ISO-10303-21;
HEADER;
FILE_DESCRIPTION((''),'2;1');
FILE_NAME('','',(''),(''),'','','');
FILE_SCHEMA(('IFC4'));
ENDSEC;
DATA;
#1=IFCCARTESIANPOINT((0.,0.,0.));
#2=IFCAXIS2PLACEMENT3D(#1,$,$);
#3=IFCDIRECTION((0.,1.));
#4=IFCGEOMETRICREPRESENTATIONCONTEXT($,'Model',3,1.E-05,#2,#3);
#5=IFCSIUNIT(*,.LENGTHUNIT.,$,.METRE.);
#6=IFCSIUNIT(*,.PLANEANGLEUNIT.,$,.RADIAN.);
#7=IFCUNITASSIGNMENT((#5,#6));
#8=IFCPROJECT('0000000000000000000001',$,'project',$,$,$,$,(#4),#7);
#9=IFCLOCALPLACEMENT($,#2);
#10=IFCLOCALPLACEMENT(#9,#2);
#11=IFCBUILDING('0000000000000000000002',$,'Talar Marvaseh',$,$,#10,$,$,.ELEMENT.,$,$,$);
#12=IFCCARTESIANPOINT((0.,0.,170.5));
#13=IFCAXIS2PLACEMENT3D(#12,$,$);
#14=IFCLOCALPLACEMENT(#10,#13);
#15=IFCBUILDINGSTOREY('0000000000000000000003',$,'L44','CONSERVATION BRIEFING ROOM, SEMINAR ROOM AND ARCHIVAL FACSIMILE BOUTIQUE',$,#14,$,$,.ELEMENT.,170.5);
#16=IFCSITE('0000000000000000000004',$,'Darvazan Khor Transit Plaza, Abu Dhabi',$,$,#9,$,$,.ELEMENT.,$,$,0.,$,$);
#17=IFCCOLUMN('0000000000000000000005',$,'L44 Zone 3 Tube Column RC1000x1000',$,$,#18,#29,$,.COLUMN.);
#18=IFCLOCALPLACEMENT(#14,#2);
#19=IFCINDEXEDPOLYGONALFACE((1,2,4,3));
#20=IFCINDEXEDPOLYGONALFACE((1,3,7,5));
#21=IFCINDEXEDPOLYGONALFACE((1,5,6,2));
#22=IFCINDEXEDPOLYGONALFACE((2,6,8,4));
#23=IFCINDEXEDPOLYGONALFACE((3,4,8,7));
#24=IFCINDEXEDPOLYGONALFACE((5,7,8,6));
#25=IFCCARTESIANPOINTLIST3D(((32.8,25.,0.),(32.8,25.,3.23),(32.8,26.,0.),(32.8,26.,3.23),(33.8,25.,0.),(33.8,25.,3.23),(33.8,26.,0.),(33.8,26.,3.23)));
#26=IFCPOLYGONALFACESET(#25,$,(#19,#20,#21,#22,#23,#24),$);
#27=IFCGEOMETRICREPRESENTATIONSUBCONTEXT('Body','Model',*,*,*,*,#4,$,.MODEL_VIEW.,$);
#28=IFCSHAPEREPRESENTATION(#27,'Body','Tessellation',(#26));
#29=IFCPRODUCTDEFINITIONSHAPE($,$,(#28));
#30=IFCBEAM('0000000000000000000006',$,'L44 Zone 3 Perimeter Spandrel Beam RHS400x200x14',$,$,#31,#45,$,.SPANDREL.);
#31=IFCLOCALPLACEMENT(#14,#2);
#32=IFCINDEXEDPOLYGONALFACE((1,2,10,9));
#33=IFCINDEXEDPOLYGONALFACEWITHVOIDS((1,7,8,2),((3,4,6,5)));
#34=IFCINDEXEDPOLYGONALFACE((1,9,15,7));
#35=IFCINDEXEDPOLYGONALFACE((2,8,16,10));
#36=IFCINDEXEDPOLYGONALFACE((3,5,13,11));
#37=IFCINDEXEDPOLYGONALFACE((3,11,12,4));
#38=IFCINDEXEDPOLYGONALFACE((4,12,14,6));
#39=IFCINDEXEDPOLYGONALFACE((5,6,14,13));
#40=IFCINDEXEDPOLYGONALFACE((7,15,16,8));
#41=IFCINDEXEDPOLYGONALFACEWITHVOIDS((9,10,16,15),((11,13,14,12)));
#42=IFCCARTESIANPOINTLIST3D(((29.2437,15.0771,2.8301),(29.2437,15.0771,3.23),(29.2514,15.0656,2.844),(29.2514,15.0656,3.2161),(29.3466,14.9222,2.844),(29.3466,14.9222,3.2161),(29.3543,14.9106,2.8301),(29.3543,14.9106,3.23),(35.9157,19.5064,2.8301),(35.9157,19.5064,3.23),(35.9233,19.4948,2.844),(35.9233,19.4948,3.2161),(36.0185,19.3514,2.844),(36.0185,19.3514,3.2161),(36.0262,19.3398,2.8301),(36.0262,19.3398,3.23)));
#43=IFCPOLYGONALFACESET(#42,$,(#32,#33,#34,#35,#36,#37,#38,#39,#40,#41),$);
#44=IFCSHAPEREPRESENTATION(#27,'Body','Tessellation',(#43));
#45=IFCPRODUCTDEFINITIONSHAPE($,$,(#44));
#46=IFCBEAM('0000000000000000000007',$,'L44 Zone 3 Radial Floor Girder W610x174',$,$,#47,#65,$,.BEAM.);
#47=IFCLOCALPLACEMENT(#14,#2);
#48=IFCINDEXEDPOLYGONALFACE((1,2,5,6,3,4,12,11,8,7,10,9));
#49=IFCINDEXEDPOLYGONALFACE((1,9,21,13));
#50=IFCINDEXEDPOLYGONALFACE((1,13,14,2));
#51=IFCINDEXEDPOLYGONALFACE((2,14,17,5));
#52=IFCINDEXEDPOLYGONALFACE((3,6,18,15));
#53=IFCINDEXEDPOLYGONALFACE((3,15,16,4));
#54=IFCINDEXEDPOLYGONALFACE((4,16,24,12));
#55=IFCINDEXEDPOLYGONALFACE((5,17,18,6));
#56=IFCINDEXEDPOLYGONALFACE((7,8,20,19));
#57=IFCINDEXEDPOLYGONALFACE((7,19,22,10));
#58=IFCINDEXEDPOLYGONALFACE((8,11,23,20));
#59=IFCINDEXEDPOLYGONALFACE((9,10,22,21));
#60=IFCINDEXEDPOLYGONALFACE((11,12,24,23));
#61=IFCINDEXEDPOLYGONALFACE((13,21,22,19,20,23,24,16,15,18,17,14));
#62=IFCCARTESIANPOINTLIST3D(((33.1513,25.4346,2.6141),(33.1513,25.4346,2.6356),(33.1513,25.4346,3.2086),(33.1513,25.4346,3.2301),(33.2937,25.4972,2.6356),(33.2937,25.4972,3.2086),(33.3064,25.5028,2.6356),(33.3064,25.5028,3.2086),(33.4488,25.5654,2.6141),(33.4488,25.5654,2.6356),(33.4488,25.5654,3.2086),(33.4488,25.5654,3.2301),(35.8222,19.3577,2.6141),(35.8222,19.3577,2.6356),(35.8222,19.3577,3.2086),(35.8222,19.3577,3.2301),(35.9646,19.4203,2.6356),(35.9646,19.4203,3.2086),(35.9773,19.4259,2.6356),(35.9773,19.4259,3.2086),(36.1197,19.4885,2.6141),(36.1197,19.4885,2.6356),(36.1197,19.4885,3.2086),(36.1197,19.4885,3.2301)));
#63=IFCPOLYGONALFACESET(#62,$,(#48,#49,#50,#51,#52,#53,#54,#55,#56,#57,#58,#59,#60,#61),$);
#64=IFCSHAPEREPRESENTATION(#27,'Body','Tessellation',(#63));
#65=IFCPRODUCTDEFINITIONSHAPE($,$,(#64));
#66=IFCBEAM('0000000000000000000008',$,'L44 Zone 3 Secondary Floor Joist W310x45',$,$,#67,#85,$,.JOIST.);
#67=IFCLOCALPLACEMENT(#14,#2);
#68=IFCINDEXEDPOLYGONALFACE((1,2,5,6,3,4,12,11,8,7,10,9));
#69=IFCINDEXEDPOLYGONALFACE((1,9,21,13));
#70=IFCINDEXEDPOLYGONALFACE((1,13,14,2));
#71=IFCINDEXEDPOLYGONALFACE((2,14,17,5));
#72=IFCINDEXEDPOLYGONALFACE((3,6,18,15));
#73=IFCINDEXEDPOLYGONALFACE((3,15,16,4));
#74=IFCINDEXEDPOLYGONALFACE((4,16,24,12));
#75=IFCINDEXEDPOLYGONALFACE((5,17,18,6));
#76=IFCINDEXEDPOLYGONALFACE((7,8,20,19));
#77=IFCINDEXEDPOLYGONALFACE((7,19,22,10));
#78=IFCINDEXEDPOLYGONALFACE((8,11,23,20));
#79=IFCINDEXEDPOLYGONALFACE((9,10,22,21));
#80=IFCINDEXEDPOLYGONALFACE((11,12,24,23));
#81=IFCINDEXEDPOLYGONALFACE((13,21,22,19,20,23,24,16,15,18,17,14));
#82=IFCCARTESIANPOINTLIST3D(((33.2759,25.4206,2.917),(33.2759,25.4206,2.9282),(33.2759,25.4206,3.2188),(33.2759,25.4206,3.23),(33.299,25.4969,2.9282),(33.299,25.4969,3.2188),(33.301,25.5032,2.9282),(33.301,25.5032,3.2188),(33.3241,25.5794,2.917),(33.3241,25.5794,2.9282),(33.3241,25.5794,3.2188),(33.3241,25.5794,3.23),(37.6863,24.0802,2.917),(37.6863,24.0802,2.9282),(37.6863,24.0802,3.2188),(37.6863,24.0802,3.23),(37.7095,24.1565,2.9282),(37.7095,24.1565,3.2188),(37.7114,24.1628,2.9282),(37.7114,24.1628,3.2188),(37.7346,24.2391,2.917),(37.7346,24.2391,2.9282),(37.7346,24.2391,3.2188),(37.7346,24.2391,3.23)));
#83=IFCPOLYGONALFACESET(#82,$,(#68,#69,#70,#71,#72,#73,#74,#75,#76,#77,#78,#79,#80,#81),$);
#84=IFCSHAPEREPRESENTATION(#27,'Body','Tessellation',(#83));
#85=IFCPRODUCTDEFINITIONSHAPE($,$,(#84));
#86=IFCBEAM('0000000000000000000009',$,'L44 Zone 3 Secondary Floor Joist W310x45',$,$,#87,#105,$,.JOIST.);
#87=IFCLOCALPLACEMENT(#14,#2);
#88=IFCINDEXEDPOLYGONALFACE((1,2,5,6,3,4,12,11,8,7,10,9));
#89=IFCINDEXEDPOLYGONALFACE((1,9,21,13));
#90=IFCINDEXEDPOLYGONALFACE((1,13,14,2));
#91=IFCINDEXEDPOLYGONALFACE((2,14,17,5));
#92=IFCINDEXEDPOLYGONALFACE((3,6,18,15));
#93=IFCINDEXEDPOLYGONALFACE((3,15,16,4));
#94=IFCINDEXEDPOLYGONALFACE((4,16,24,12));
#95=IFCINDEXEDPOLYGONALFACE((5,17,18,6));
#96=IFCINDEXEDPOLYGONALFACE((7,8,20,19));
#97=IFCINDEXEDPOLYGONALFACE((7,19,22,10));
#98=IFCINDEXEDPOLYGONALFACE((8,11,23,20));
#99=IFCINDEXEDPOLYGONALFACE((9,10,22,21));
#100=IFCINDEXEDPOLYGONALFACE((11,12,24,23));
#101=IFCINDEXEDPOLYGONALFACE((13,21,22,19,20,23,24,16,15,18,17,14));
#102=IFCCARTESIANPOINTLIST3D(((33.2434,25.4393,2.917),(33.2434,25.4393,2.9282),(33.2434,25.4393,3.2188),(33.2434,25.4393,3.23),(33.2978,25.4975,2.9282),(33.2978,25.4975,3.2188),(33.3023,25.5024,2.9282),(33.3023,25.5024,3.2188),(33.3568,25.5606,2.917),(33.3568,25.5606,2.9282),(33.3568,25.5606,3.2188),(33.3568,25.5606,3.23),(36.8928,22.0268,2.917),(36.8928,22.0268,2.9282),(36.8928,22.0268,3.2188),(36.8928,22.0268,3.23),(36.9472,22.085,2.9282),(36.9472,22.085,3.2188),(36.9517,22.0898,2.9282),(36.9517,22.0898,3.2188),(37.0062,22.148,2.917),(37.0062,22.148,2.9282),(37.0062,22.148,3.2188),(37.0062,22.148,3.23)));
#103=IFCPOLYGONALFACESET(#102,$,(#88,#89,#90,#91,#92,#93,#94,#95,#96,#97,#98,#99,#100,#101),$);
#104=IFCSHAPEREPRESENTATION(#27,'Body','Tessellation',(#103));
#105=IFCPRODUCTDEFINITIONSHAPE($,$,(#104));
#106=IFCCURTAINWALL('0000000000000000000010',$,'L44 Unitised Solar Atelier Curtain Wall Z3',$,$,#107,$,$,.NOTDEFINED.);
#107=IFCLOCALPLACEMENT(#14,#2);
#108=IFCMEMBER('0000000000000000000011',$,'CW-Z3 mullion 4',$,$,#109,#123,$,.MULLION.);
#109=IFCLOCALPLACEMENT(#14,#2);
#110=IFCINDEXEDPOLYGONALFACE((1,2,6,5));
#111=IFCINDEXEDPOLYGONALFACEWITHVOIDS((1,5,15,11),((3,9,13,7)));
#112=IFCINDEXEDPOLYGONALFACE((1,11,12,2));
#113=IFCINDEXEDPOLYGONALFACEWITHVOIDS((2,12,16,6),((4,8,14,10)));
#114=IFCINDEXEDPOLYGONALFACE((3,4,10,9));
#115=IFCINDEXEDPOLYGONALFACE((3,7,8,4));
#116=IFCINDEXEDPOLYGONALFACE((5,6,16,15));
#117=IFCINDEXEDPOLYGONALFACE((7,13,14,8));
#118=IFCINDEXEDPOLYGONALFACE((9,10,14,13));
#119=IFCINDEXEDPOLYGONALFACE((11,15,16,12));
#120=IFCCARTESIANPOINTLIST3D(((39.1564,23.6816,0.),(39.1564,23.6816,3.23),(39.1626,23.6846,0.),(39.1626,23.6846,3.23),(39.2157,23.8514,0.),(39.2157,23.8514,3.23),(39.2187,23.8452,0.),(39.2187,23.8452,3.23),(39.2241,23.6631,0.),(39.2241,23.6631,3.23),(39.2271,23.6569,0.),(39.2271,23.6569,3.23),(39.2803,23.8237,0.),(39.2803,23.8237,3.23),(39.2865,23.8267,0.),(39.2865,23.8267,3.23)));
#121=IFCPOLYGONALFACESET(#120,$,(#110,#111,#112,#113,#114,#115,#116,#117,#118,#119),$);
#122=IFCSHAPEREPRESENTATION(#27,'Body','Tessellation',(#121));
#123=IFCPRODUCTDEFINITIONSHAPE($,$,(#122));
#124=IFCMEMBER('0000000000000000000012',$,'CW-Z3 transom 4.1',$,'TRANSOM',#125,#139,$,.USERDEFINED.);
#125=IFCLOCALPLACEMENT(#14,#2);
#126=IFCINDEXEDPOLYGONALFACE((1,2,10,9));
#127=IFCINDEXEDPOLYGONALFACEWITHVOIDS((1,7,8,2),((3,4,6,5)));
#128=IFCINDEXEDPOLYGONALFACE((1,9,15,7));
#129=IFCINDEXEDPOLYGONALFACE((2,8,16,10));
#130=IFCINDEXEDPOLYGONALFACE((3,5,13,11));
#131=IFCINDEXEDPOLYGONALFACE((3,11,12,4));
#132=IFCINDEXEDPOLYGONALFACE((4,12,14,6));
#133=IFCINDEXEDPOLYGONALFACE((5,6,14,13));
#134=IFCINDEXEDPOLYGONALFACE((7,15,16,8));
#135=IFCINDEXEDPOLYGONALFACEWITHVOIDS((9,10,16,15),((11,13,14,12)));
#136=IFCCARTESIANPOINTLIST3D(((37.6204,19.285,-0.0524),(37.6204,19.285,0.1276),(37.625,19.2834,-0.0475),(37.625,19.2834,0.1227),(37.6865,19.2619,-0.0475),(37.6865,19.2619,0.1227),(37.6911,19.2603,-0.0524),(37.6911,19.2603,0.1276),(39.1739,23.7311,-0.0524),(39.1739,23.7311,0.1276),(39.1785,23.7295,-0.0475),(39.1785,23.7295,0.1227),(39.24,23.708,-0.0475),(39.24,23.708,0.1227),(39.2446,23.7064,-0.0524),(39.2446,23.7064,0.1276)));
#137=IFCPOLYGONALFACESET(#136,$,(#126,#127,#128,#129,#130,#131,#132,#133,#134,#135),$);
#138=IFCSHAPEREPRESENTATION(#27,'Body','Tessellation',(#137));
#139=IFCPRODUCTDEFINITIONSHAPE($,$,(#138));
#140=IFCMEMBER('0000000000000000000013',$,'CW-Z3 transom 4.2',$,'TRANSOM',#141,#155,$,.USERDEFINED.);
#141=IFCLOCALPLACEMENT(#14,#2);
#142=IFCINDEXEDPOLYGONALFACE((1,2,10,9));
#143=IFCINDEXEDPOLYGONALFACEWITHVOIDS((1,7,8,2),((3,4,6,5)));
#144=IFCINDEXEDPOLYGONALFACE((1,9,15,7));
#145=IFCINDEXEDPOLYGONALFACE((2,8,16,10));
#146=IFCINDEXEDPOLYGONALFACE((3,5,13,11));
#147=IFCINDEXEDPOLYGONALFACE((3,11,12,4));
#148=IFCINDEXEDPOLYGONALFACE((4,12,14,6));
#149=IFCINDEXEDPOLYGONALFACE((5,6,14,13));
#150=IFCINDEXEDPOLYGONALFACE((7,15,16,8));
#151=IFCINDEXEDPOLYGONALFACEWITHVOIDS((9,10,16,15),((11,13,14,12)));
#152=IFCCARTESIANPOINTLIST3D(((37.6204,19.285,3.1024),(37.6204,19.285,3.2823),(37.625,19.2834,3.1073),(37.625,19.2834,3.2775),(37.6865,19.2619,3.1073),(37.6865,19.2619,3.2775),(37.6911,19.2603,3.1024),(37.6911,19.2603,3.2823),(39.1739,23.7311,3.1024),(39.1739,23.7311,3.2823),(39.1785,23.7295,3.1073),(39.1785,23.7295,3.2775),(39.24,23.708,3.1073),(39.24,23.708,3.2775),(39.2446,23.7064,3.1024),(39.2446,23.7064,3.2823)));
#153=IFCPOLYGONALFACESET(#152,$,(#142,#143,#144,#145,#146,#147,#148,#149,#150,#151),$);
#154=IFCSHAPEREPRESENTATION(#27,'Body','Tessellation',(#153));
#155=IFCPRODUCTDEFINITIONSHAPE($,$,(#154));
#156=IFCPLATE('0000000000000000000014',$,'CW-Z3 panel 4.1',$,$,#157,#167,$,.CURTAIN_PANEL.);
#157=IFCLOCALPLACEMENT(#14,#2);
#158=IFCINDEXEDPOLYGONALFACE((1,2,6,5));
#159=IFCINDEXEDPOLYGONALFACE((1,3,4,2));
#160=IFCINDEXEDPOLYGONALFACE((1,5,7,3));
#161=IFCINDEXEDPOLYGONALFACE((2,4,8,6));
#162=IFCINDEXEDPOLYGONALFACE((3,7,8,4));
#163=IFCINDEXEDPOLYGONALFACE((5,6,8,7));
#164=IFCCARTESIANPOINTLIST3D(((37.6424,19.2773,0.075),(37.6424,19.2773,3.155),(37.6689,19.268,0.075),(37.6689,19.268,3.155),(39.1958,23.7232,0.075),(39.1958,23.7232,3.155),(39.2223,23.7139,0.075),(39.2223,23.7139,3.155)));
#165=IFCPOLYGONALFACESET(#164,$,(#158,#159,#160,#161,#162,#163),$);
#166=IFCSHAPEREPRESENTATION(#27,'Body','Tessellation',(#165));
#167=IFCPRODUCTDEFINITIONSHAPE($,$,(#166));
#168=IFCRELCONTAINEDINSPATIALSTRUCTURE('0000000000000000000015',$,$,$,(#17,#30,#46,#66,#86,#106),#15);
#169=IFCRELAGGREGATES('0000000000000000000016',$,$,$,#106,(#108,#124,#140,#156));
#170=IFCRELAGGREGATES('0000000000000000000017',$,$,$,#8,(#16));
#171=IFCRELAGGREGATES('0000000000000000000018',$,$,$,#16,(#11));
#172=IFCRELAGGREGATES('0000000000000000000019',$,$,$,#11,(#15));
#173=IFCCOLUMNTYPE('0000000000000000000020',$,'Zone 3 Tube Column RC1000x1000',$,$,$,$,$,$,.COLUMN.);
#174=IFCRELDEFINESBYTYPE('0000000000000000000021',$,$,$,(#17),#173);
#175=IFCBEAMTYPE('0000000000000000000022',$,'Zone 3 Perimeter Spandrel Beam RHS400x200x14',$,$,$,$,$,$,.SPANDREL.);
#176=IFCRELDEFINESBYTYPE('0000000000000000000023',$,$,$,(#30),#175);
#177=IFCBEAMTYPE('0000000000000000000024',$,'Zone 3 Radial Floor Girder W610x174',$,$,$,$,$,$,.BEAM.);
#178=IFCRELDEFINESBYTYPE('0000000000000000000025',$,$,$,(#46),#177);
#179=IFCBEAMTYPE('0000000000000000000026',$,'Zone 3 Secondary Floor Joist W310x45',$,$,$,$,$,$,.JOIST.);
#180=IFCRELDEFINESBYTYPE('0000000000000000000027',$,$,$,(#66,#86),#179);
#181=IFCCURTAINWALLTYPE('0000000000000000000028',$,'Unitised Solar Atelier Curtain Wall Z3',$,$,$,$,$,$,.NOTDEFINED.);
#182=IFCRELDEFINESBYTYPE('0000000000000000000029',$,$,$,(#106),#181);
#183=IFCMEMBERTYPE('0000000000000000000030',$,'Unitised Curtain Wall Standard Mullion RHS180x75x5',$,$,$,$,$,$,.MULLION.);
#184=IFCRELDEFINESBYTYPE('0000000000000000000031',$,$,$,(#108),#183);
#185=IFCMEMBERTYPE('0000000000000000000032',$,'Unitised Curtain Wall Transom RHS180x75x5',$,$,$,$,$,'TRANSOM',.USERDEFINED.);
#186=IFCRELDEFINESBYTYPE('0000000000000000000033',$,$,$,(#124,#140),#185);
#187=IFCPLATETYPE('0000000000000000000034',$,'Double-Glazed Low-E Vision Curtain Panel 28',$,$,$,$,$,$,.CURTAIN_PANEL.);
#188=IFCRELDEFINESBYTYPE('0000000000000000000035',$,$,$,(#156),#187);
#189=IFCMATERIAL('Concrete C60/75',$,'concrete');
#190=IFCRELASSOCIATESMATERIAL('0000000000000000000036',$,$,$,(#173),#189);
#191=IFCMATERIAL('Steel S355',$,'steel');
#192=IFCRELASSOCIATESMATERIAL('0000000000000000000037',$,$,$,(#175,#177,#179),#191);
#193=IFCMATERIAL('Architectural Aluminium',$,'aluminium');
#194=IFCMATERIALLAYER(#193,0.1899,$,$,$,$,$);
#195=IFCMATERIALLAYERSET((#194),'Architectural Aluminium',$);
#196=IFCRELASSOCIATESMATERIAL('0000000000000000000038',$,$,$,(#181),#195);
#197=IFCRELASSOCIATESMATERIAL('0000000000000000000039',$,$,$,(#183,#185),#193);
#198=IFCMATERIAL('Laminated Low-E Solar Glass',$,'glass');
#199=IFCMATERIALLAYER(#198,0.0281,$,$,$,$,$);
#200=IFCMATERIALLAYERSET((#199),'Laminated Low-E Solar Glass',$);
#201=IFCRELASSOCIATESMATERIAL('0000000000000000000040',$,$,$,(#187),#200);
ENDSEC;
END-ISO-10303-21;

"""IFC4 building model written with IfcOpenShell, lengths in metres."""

from ifc_helpers import new_model, si_unit, direction, frame, origin, origin_2d, place, context, subcontext, project, spatial, rectangle, hollow_rectangle, i_section, extrude, source, transform, mapped, material, layer, layer_set, material_profile, profile_set, type_object, type_shapes, element, aggregate, save


model = new_model("IFC4")

# Units and contexts
model_context = context("Model", 3, precision=1e-05, world=origin(), true_north=direction((0.0, 1.0)))
body_context = subcontext(model_context, "Body", "Model", "MODEL_VIEW")
ifc_project = project(units=[si_unit("LENGTHUNIT", "METRE"), si_unit("PLANEANGLEUNIT", "RADIAN")], contexts=[model_context])

# Site, building, storey
site_placement = place(None, origin())
site = spatial("IfcSite", under=ifc_project, at=site_placement, Name="Darvazan Khor Transit Plaza, Abu Dhabi", CompositionType="ELEMENT", RefElevation=0.0)
building_placement = place(site_placement, origin())
building = spatial("IfcBuilding", under=site, at=building_placement, Name="Talar Marvaseh", CompositionType="ELEMENT")
storey_placement = place(building_placement, frame((0.0, 0.0, 170.5)))
storey = spatial("IfcBuildingStorey", under=building, at=storey_placement, Name="L44", Description="CONSERVATION BRIEFING ROOM, SEMINAR ROOM AND ARCHIVAL FACSIMILE BOUTIQUE", CompositionType="ELEMENT", Elevation=170.5)

# Column
ifc_material_1 = material(Name="Concrete C60/75", Category="concrete")
ifc_material_profile_1 = material_profile(ifc_material_1, rectangle(XDim=1.0, YDim=1.0, at=origin_2d()), Name="RC1000x1000")
ifc_profile_set_1 = profile_set([ifc_material_profile_1], Name="Concrete C60/75")
column_type = type_object("IfcColumnType", Name="Zone 3 Tube Column RC1000x1000", PredefinedType="COLUMN", material=ifc_profile_set_1)
column_placement = place(storey_placement, frame((33.3, 25.5, 0.0), z_axis=(0.0, 0.0, 1.0), x_axis=(1.0, 0.0, 0.0)))
element("IfcColumn", 1, at=column_placement, inside=storey, type_object=column_type, Name="L44 Zone 3 Tube Column RC1000x1000", PredefinedType="COLUMN", context=body_context, shape_type="SweptSolid", body=[
    extrude(rectangle(XDim=1.0, YDim=1.0, at=origin_2d()), origin(), (0.0, 0.0, 1.0), 3.23),
])

# Beams
ifc_material_2 = material(Name="Steel S355", Category="steel")
ifc_material_profile_2 = material_profile(ifc_material_2, hollow_rectangle(XDim=0.2, YDim=0.3999, WallThickness=0.0139, at=origin_2d()), Name="RHS400x200x14")
ifc_profile_set_2 = profile_set([ifc_material_profile_2], Name="Steel S355")
beam_type_1 = type_object("IfcBeamType", Name="Zone 3 Perimeter Spandrel Beam RHS400x200x14", PredefinedType="SPANDREL", material=ifc_profile_set_2)
beam_1_placement = place(storey_placement, frame((35.9709, 19.4231, 3.03), z_axis=(-0.833127, -0.553081, 0.0), x_axis=(0.553081, -0.833127, 0.0)))
element("IfcBeam", 2, at=beam_1_placement, inside=storey, type_object=beam_type_1, Name="L44 Zone 3 Perimeter Spandrel Beam RHS400x200x14", PredefinedType="SPANDREL", context=body_context, shape_type="SweptSolid", body=[
    extrude(hollow_rectangle(XDim=0.2, YDim=0.3999, WallThickness=0.0139, at=origin_2d()), origin(), (0.0, 0.0, 1.0), 8.0083),
])
ifc_material_profile_3 = material_profile(ifc_material_2, i_section(OverallWidth=0.325, OverallDepth=0.616, WebThickness=0.0139, FlangeThickness=0.0215, at=origin_2d()), Name="W610x174")
ifc_profile_set_3 = profile_set([ifc_material_profile_3], Name="Steel S355")
beam_type_2 = type_object("IfcBeamType", Name="Zone 3 Radial Floor Girder W610x174", PredefinedType="BEAM", material=ifc_profile_set_3)
beam_2_placement = place(storey_placement, frame((35.9709, 19.4231, 2.9221), z_axis=(-0.402368, 0.915478, 0.0), x_axis=(-0.915478, -0.402368, 0.0)))
element("IfcBeam", 3, at=beam_2_placement, inside=storey, type_object=beam_type_2, Name="L44 Zone 3 Radial Floor Girder W610x174", PredefinedType="BEAM", context=body_context, shape_type="SweptSolid", body=[
    extrude(i_section(OverallWidth=0.325, OverallDepth=0.616, WebThickness=0.0139, FlangeThickness=0.0215, at=origin_2d()), origin(), (0.0, 0.0, 1.0), 6.6379),
])
ifc_material_profile_4 = material_profile(ifc_material_2, i_section(OverallWidth=0.166, OverallDepth=0.313, WebThickness=0.0066, FlangeThickness=0.0112, at=origin_2d()), Name="W310x45")
ifc_profile_set_4 = profile_set([ifc_material_profile_4], Name="Steel S355")
beam_type_3 = type_object("IfcBeamType", Name="Zone 3 Secondary Floor Joist W310x45", PredefinedType="JOIST", material=ifc_profile_set_4)
beam_3_placement = place(storey_placement, frame((37.7104, 24.1597, 3.0735), z_axis=(-0.956792, 0.290772, 0.0), x_axis=(-0.290772, -0.956792, 0.0)))
element("IfcBeam", 4, at=beam_3_placement, inside=storey, type_object=beam_type_3, Name="L44 Zone 3 Secondary Floor Joist W310x45", PredefinedType="JOIST", context=body_context, shape_type="SweptSolid", body=[
    extrude(i_section(OverallWidth=0.166, OverallDepth=0.313, WebThickness=0.0066, FlangeThickness=0.0112, at=origin_2d()), origin(), (0.0, 0.0, 1.0), 4.6096),
])
beam_4_placement = place(storey_placement, frame((36.9495, 22.0874, 3.0735), z_axis=(-0.730408, 0.683011, 0.0), x_axis=(-0.683011, -0.730408, 0.0)))
element("IfcBeam", 5, at=beam_4_placement, inside=storey, type_object=beam_type_3, Name="L44 Zone 3 Secondary Floor Joist W310x45", PredefinedType="JOIST", context=body_context, shape_type="SweptSolid", body=[
    extrude(i_section(OverallWidth=0.166, OverallDepth=0.313, WebThickness=0.0066, FlangeThickness=0.0112, at=origin_2d()), origin(), (0.0, 0.0, 1.0), 4.9963),
])

# Curtain wall, members, plate
ifc_material_3 = material(Name="Architectural Aluminium", Category="aluminium")
ifc_layer_1 = layer(ifc_material_3, 0.1899)
ifc_layer_set_1 = layer_set([ifc_layer_1], Name="Architectural Aluminium")
curtain_wall_type = type_object("IfcCurtainWallType", Name="Unitised Solar Atelier Curtain Wall Z3", PredefinedType="NOTDEFINED", material=ifc_layer_set_1)
curtain_wall_placement = place(storey_placement, origin())
curtain_wall = element("IfcCurtainWall", 6, at=curtain_wall_placement, inside=storey, type_object=curtain_wall_type, Name="L44 Unitised Solar Atelier Curtain Wall Z3", PredefinedType="NOTDEFINED")
ifc_material_profile_5 = material_profile(ifc_material_3, hollow_rectangle(XDim=0.075, YDim=0.1799, WallThickness=0.0049, at=origin_2d()), Name="RHS180x75x5")
ifc_profile_set_5 = profile_set([ifc_material_profile_5], Name="Architectural Aluminium")
member_type_1 = type_object("IfcMemberType", Name="Unitised Curtain Wall Standard Mullion RHS180x75x5", PredefinedType="MULLION", material=ifc_profile_set_5)
shared_shape_1 = source(origin(), body_context, "Body", "SweptSolid", [
    extrude(hollow_rectangle(XDim=0.075, YDim=0.1799, WallThickness=0.0049, at=origin_2d()), origin(), (0.0, 0.0, 1.0), 3.23),
])
type_shapes(member_type_1, [shared_shape_1])
member_1_placement = place(storey_placement, frame((39.2214, 23.7542, 0.0), z_axis=(0.0, 0.0, 1.0), x_axis=(0.944037, -0.329839, 0.0)))
member_1 = element("IfcMember", 7, at=member_1_placement, type_object=member_type_1, Name="CW-Z3 mullion 4", PredefinedType="MULLION", context=body_context, shape_type="MappedRepresentation", body=[
    mapped(shared_shape_1, transform((0.0, 0.0, 0.0), x_axis=(1.0, 0.0, 0.0), y_axis=(0.0, 1.0, 0.0), z_axis=(0.0, 0.0, 1.0), scale=1.0)),
])
ifc_material_profile_6 = material_profile(ifc_material_3, hollow_rectangle(XDim=0.075, YDim=0.1799, WallThickness=0.0049, at=origin_2d()), Name="RHS180x75x5")
ifc_profile_set_6 = profile_set([ifc_material_profile_6], Name="Architectural Aluminium")
member_type_2 = type_object("IfcMemberType", Name="Unitised Curtain Wall Transom RHS180x75x5", ElementType="TRANSOM", PredefinedType="USERDEFINED", material=ifc_profile_set_6)
shared_shape_2 = source(origin(), body_context, "Body", "SweptSolid", [
    extrude(hollow_rectangle(XDim=0.075, YDim=0.1799, WallThickness=0.0049, at=origin_2d()), origin(), (0.0, 0.0, 1.0), 4.7097),
])
type_shapes(member_type_2, [shared_shape_2])
member_2_placement = place(storey_placement, frame((39.2092, 23.7188, 0.0376), z_axis=(-0.329849, -0.944034, 0.0), x_axis=(0.944034, -0.329849, 0.0)))
member_2 = element("IfcMember", 8, at=member_2_placement, type_object=member_type_2, Name="CW-Z3 transom 4.1", ObjectType="TRANSOM", PredefinedType="USERDEFINED", context=body_context, shape_type="MappedRepresentation", body=[
    mapped(shared_shape_2, transform((0.0, 0.0, 0.0), x_axis=(1.0, 0.0, 0.0), y_axis=(0.0, 1.0, 0.0), z_axis=(0.0, 0.0, 1.0), scale=1.0)),
])
member_3_placement = place(storey_placement, frame((39.2092, 23.7188, 3.1924), z_axis=(-0.329849, -0.944034, 0.0), x_axis=(0.944034, -0.329849, 0.0)))
member_3 = element("IfcMember", 9, at=member_3_placement, type_object=member_type_2, Name="CW-Z3 transom 4.2", ObjectType="TRANSOM", PredefinedType="USERDEFINED", context=body_context, shape_type="MappedRepresentation", body=[
    mapped(shared_shape_2, transform((0.0, 0.0, 0.0), x_axis=(1.0, 0.0, 0.0), y_axis=(0.0, 1.0, 0.0), z_axis=(0.0, 0.0, 1.0), scale=1.0)),
])
ifc_material_4 = material(Name="Laminated Low-E Solar Glass", Category="glass")
ifc_layer_2 = layer(ifc_material_4, 0.0281)
ifc_layer_set_2 = layer_set([ifc_layer_2], Name="Laminated Low-E Solar Glass")
plate_type = type_object("IfcPlateType", Name="Double-Glazed Low-E Vision Curtain Panel 28", PredefinedType="CURTAIN_PANEL", material=ifc_layer_set_2)
shared_shape_3 = source(origin(), body_context, "Body", "SweptSolid", [
    extrude(rectangle(XDim=4.7095, YDim=0.0281, at=origin_2d()), origin(), (0.0, 0.0, 1.0), 3.0801),
])
plate_1_placement = place(storey_placement, frame((38.4324, 21.4956, 0.075), z_axis=(0.0, 0.0, 1.0), x_axis=(-0.329839, -0.944037, 0.0)))
plate_1 = element("IfcPlate", 10, at=plate_1_placement, type_object=plate_type, Name="CW-Z3 panel 4.1", PredefinedType="CURTAIN_PANEL", context=body_context, shape_type="MappedRepresentation", body=[
    mapped(shared_shape_3, transform((0.0, 0.0, 0.0), x_axis=(1.0, 0.0, 0.0), y_axis=(0.0, 1.0, 0.0), z_axis=(0.0, 0.0, 1.0), scale=1.0)),
])
aggregate(curtain_wall, [member_1, member_2, member_3, plate_1])

save(model, "model.ifc")
